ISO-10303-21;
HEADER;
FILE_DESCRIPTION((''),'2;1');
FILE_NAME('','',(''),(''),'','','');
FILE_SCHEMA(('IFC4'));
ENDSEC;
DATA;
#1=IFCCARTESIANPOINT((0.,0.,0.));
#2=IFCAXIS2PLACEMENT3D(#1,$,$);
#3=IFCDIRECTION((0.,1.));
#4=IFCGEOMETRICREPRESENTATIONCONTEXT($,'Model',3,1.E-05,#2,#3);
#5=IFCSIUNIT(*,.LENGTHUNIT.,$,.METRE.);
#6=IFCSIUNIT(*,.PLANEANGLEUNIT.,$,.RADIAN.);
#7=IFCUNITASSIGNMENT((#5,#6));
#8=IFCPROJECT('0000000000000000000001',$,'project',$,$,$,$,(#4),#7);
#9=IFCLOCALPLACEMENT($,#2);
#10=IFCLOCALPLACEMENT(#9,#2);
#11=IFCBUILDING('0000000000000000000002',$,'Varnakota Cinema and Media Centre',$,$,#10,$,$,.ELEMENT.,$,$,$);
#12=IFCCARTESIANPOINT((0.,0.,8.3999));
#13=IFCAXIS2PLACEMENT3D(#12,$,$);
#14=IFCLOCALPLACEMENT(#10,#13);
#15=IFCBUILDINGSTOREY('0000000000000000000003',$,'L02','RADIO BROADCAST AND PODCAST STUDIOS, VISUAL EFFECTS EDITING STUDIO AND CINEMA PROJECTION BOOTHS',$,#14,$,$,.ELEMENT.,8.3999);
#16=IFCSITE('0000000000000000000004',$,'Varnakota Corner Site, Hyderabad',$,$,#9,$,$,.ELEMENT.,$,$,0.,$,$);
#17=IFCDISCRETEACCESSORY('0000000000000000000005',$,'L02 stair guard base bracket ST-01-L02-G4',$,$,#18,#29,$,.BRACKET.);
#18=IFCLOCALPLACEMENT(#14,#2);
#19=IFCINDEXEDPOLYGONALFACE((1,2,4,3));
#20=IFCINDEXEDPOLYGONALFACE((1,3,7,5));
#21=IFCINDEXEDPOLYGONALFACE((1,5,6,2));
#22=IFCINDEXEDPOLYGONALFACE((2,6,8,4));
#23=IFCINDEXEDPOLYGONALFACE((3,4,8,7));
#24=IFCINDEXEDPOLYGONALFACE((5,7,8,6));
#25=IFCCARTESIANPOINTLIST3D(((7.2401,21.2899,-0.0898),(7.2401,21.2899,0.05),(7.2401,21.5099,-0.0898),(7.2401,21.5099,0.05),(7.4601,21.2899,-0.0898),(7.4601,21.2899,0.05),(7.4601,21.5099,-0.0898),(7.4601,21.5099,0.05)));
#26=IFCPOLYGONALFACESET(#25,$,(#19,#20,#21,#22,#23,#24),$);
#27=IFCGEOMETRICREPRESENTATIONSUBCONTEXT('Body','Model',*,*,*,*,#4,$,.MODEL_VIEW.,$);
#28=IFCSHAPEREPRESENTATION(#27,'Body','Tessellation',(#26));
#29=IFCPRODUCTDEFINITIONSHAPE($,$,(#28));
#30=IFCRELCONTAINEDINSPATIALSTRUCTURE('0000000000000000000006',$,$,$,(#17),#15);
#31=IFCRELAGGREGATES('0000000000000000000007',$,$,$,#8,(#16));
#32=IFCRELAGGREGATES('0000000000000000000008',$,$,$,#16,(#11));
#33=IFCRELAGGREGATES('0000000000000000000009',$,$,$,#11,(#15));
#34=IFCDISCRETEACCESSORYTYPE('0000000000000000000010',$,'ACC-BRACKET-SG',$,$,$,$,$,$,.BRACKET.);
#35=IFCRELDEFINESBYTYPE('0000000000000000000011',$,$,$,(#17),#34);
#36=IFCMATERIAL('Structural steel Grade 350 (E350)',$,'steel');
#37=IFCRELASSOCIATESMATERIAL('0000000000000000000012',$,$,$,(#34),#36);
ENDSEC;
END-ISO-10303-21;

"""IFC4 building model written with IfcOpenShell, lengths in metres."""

from ifc_helpers import new_model, si_unit, direction, frame, origin, origin_2d, place, context, subcontext, project, spatial, rectangle, extrude, material, type_object, element, save


model = new_model("IFC4")

# Units and contexts
model_context = context("Model", 3, precision=1e-05, world=origin(), true_north=direction((0.0, 1.0)))
body_context = subcontext(model_context, "Body", "Model", "MODEL_VIEW")
ifc_project = project(units=[si_unit("LENGTHUNIT", "METRE"), si_unit("PLANEANGLEUNIT", "RADIAN")], contexts=[model_context])

# Site, building, storey
site_placement = place(None, origin())
site = spatial("IfcSite", under=ifc_project, at=site_placement, Name="Varnakota Corner Site, Hyderabad", CompositionType="ELEMENT", RefElevation=0.0)
building_placement = place(site_placement, origin())
building = spatial("IfcBuilding", under=site, at=building_placement, Name="Varnakota Cinema and Media Centre", CompositionType="ELEMENT")
storey_placement = place(building_placement, frame((0.0, 0.0, 8.3999)))
storey = spatial("IfcBuildingStorey", under=building, at=storey_placement, Name="L02", Description="RADIO BROADCAST AND PODCAST STUDIOS, VISUAL EFFECTS EDITING STUDIO AND CINEMA PROJECTION BOOTHS", CompositionType="ELEMENT", Elevation=8.3999)

# Discrete accessory
ifc_material_1 = material(Name="Structural steel Grade 350 (E350)", Category="steel")
discrete_accessory_type = type_object("IfcDiscreteAccessoryType", Name="ACC-BRACKET-SG", PredefinedType="BRACKET", material=ifc_material_1)
for number, where, z_axis, x_axis, name in (
    (1, (7.3501, 21.3999, -0.0898), (0.0, 0.0, 1.0), (1.0, 0.0, 0.0), "L02 stair guard base bracket ST-01-L02-G4"),
):
    element("IfcDiscreteAccessory", number, at=place(storey_placement, frame(where, z_axis=z_axis, x_axis=x_axis)), inside=storey, type_object=discrete_accessory_type, Name=name, PredefinedType="BRACKET", context=body_context, shape_type="SweptSolid", body=[
        extrude(rectangle(XDim=0.22, YDim=0.22, at=origin_2d()), origin(), (0.0, 0.0, 1.0), 0.1399),
    ])

save(model, "model.ifc")
